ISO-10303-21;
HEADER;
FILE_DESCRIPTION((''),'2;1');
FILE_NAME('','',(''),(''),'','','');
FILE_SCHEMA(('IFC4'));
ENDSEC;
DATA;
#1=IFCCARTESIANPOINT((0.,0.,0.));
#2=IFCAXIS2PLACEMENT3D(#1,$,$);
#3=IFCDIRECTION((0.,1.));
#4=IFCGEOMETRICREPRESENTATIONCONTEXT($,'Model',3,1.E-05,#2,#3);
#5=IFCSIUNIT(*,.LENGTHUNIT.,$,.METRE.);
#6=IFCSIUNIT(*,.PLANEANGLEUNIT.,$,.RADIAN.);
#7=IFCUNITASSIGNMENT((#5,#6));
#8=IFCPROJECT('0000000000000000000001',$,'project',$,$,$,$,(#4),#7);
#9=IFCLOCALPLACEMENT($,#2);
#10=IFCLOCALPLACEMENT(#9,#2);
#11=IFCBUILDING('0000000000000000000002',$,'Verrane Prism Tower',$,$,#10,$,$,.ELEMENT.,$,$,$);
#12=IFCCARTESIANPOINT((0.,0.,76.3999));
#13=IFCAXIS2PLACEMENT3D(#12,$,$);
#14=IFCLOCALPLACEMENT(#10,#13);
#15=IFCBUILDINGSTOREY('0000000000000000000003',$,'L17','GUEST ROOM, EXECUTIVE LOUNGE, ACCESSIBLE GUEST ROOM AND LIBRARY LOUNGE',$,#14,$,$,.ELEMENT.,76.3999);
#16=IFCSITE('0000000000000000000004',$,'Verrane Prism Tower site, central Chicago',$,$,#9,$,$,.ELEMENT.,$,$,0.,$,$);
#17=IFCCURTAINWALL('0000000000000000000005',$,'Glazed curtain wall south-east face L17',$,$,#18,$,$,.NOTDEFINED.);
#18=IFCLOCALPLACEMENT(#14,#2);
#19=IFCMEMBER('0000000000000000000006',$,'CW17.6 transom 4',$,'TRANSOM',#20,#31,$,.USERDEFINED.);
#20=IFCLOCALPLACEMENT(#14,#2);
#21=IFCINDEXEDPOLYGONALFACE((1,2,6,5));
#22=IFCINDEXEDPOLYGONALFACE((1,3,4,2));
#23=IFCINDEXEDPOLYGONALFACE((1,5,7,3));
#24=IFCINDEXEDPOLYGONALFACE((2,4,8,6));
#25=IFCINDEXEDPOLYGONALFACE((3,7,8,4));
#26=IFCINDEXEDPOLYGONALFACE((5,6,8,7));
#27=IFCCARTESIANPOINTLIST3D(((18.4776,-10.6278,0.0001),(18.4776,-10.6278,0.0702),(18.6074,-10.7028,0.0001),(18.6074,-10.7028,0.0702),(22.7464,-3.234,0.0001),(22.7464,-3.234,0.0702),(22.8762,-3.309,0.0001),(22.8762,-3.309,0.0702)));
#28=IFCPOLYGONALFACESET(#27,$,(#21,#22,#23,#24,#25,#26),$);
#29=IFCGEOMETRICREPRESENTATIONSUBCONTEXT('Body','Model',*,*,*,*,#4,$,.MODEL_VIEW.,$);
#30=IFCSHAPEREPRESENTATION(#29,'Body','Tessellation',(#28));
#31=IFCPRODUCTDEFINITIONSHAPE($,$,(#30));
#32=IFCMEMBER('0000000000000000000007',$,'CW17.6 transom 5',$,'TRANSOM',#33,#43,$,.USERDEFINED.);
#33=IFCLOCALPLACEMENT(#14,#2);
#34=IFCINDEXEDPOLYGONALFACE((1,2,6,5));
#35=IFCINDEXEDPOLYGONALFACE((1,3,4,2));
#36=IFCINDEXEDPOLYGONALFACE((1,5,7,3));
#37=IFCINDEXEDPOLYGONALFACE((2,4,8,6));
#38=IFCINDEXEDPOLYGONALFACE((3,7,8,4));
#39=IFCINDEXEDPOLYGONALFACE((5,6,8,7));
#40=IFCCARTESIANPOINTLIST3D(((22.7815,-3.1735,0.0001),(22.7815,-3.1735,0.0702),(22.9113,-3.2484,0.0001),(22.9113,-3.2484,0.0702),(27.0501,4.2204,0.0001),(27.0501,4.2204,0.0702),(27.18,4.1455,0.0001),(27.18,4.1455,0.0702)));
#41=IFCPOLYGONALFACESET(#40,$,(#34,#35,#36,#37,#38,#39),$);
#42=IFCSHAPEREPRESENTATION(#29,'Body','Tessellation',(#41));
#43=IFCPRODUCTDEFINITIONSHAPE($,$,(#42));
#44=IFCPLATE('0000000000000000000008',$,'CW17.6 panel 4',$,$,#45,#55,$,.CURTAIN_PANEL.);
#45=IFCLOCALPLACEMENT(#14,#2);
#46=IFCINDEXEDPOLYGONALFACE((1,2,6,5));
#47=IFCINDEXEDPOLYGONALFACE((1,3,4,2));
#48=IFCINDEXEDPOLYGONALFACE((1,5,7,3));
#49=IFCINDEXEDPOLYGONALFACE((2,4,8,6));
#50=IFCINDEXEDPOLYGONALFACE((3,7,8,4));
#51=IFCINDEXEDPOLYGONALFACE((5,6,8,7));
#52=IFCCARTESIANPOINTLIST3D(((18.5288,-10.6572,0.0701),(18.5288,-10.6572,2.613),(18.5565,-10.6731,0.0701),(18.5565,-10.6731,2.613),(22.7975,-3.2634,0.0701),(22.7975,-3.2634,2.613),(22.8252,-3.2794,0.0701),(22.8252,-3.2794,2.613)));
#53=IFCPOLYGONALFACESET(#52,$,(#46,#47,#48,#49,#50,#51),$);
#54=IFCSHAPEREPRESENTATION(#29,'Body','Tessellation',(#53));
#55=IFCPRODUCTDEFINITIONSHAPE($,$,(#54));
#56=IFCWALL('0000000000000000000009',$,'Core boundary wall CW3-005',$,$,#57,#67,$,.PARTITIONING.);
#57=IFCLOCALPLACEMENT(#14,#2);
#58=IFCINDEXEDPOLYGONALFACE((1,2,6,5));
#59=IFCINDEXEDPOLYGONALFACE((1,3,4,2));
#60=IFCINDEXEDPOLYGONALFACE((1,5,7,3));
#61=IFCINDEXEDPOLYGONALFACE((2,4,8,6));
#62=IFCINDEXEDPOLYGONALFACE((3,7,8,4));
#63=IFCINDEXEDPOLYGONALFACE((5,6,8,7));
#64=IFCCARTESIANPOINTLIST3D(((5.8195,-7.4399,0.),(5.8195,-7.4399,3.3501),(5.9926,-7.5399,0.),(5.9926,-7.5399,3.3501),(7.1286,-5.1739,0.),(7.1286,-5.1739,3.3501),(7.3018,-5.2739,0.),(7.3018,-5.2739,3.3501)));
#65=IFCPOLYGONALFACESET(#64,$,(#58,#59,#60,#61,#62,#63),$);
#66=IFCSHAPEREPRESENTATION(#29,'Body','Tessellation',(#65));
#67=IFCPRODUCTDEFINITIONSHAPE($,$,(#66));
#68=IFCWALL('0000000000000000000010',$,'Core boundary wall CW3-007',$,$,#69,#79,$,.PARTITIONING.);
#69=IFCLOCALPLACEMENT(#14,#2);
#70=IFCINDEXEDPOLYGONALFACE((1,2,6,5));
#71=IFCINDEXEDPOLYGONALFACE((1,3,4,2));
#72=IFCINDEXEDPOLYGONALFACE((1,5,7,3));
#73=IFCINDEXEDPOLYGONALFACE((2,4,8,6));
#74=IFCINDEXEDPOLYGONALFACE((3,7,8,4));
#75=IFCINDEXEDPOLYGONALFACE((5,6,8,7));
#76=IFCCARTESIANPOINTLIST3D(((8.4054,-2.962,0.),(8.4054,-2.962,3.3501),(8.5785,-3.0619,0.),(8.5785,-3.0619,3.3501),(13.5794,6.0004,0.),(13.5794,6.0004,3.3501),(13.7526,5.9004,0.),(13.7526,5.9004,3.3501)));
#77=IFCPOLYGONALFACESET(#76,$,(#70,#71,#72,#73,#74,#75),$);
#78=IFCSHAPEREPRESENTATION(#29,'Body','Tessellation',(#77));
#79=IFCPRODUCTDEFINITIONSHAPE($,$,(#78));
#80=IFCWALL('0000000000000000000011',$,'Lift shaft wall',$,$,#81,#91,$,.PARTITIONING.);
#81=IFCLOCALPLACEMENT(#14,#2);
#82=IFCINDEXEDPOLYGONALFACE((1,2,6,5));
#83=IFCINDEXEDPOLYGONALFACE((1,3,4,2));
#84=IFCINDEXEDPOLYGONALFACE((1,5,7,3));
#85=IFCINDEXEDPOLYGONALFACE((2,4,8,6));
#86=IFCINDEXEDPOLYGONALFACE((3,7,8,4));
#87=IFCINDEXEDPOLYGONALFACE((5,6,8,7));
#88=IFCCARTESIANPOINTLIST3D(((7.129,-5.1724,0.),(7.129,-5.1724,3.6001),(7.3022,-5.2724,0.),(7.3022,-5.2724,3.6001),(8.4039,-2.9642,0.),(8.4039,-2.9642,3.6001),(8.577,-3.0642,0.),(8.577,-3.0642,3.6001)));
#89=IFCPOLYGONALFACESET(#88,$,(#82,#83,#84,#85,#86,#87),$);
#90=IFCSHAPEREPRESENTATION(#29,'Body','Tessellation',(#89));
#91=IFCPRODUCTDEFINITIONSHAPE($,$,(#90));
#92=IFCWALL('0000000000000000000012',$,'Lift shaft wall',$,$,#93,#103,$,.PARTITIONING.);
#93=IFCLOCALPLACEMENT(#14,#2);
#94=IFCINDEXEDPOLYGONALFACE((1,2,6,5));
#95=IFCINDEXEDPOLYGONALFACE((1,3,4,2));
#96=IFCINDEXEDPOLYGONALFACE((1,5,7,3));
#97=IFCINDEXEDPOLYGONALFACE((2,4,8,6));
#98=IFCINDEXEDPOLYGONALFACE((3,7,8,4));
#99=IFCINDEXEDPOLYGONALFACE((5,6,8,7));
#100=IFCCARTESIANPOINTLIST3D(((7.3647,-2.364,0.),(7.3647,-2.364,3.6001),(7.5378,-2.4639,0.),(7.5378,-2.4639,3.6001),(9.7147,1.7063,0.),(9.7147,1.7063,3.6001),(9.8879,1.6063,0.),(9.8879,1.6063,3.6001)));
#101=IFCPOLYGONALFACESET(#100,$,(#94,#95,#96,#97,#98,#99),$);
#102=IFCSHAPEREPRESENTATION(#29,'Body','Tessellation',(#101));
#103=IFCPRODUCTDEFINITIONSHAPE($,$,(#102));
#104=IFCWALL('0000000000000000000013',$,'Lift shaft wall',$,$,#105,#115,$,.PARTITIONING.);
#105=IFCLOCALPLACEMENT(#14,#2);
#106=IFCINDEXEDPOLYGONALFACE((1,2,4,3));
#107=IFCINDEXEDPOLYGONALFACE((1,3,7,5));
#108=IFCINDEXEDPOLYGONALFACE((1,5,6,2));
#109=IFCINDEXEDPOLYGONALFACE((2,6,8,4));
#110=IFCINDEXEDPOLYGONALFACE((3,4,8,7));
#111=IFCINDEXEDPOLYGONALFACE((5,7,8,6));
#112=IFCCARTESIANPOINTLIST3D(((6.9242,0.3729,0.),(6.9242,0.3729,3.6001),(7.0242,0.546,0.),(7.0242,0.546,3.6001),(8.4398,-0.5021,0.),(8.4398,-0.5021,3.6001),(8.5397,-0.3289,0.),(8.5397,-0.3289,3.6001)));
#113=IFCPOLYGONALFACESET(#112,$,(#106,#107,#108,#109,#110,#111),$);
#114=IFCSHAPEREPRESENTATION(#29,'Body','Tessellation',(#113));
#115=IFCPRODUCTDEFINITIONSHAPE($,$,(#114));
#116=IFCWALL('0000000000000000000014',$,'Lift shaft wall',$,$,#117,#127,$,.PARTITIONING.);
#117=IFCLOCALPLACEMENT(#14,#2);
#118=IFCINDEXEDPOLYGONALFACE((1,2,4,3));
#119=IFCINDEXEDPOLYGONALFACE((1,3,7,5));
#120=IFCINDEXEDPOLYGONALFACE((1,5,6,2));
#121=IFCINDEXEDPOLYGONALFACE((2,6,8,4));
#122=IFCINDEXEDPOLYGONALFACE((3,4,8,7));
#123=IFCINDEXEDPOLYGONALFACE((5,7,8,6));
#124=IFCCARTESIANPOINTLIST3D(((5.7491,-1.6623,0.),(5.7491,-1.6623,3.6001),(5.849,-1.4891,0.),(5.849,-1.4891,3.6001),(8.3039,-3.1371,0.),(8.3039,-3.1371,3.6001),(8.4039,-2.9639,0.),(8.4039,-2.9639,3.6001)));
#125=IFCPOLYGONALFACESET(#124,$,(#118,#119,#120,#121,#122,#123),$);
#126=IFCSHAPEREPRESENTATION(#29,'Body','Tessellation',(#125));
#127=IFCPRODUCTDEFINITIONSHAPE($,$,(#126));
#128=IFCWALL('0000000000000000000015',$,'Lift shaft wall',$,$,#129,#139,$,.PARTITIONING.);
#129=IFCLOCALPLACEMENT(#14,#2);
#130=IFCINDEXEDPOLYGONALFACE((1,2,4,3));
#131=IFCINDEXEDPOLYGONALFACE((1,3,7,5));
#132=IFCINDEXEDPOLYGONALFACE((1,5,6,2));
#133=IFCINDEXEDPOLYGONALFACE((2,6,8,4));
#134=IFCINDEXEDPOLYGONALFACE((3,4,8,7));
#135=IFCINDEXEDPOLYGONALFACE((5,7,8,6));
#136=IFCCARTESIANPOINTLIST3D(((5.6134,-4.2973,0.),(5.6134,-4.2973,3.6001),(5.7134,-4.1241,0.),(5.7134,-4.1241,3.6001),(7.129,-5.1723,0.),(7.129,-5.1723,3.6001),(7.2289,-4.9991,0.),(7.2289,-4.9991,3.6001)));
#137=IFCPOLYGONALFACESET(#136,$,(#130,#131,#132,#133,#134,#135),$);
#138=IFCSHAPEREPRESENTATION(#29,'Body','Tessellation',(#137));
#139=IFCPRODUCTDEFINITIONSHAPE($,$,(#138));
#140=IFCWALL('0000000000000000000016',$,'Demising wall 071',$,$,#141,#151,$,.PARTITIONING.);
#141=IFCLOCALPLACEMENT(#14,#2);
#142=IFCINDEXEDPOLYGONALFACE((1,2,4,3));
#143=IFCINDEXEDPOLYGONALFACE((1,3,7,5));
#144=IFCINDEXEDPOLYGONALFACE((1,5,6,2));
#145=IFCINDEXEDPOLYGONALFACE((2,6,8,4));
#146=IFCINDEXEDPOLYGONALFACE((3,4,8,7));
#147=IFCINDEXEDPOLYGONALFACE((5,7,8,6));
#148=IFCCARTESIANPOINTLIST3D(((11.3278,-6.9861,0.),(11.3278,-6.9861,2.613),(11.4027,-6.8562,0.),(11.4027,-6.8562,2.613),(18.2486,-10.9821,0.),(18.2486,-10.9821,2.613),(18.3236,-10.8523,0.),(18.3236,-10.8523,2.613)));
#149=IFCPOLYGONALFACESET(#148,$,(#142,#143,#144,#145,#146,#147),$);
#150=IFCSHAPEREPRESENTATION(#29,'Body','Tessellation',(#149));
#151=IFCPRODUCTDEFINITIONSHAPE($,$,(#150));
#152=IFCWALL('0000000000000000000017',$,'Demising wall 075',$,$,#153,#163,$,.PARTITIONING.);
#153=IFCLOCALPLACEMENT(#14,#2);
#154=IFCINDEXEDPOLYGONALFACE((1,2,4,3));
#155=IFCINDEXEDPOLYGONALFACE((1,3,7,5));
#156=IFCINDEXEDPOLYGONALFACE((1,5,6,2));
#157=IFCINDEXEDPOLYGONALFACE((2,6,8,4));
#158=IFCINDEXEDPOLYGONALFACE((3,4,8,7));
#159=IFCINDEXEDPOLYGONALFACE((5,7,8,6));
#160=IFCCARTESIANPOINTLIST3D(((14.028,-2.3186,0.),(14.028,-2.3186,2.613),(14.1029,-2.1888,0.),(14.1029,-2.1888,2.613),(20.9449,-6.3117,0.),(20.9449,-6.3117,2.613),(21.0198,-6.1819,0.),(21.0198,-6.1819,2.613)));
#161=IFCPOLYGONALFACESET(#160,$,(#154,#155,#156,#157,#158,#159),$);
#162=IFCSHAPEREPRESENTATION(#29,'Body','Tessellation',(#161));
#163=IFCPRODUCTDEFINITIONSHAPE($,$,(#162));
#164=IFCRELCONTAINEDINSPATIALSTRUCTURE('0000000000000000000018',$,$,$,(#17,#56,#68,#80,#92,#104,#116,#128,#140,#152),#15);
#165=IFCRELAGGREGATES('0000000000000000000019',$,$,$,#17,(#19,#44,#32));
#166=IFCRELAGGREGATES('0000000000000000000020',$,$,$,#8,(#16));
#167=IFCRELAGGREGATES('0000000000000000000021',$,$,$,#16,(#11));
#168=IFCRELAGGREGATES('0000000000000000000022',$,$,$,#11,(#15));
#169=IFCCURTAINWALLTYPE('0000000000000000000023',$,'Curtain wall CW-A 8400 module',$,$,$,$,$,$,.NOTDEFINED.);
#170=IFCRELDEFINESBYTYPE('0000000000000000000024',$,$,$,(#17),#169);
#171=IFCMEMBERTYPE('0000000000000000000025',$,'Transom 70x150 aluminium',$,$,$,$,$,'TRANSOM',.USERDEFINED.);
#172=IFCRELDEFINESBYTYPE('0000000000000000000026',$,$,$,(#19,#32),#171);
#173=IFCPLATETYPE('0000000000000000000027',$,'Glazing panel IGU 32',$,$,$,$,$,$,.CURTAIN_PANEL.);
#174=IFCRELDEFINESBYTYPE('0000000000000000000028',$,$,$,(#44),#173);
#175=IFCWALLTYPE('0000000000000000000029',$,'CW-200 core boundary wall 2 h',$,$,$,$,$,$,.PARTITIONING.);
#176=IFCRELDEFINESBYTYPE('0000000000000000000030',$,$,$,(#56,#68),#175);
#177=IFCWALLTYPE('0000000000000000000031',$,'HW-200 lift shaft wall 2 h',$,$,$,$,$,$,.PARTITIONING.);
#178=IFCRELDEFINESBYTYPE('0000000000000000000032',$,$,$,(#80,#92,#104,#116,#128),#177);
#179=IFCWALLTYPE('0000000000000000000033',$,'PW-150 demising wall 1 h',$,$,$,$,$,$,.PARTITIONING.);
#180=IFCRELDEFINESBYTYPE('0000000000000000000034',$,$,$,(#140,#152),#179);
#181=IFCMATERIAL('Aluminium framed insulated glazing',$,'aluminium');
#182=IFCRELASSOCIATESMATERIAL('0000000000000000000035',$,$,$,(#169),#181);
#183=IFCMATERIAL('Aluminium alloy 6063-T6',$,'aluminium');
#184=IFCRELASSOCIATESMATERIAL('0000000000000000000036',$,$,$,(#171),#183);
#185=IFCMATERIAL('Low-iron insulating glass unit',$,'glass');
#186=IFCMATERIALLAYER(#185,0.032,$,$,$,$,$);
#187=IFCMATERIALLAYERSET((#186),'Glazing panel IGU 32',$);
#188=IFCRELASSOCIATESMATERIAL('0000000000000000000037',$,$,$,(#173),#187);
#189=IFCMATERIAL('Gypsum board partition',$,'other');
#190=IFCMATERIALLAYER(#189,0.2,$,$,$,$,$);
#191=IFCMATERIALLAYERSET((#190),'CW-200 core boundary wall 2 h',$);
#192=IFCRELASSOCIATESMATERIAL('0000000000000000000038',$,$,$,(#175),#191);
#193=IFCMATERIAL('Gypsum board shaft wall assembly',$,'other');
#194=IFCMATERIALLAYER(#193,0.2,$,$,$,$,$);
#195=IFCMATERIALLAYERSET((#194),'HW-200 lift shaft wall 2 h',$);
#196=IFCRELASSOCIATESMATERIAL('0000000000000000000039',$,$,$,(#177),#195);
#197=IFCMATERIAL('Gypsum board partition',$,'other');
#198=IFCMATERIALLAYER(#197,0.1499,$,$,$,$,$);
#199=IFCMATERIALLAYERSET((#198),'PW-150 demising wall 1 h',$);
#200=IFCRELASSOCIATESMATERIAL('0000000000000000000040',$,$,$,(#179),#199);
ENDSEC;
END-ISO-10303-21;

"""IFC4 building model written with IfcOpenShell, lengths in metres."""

from ifc_helpers import new_model, si_unit, direction, frame, frame_2d, origin, origin_2d, place, context, subcontext, project, spatial, rectangle, extrude, material, layer, layer_set, material_profile, profile_set, type_object, element, aggregate, save


model = new_model("IFC4")

# Units and contexts
model_context = context("Model", 3, precision=1e-05, world=origin(), true_north=direction((0.0, 1.0)))
body_context = subcontext(model_context, "Body", "Model", "MODEL_VIEW")
ifc_project = project(units=[si_unit("LENGTHUNIT", "METRE"), si_unit("PLANEANGLEUNIT", "RADIAN")], contexts=[model_context])

# Site, building, storey
site_placement = place(None, origin())
site = spatial("IfcSite", under=ifc_project, at=site_placement, Name="Verrane Prism Tower site, central Chicago", CompositionType="ELEMENT", RefElevation=0.0)
building_placement = place(site_placement, origin())
building = spatial("IfcBuilding", under=site, at=building_placement, Name="Verrane Prism Tower", CompositionType="ELEMENT")
storey_placement = place(building_placement, frame((0.0, 0.0, 76.3999)))
storey = spatial("IfcBuildingStorey", under=building, at=storey_placement, Name="L17", Description="GUEST ROOM, EXECUTIVE LOUNGE, ACCESSIBLE GUEST ROOM AND LIBRARY LOUNGE", CompositionType="ELEMENT", Elevation=76.3999)

# Curtain wall
ifc_material_1 = material(Name="Aluminium framed insulated glazing", Category="aluminium")
curtain_wall_type = type_object("IfcCurtainWallType", Name="Curtain wall CW-A 8400 module", PredefinedType="NOTDEFINED", material=ifc_material_1)
curtain_wall_placement = place(storey_placement, origin())
curtain_wall = element("IfcCurtainWall", 1, at=curtain_wall_placement, inside=storey, type_object=curtain_wall_type, Name="Glazed curtain wall south-east face L17", PredefinedType="NOTDEFINED")

# Members
ifc_material_2 = material(Name="Aluminium alloy 6063-T6", Category="aluminium")
ifc_material_profile_1 = material_profile(ifc_material_2, rectangle(XDim=0.1499, YDim=0.0701, at=origin_2d()), Name="Transom 70x150 aluminium")
ifc_profile_set_1 = profile_set([ifc_material_profile_1], Name="Aluminium alloy 6063-T6")
member_type_1 = type_object("IfcMemberType", Name="Transom 70x150 aluminium", ElementType="TRANSOM", PredefinedType="USERDEFINED", material=ifc_profile_set_1)
member_1_placement = place(storey_placement, frame((18.5425, -10.6653, 0.0352), z_axis=(0.499999, 0.866026, 0.0), x_axis=(-0.866026, 0.499999, 0.0)))
member_1 = element("IfcMember", 2, at=member_1_placement, type_object=member_type_1, Name="CW17.6 transom 4", ObjectType="TRANSOM", PredefinedType="USERDEFINED", context=body_context, shape_type="SweptSolid", body=[
    extrude(rectangle(XDim=0.1499, YDim=0.0701, at=origin_2d()), origin(), (0.0, 0.0, 1.0), 8.5376),
])
member_2_placement = place(storey_placement, frame((22.8464, -3.2109, 0.0352), z_axis=(0.499977, 0.866038, 0.0), x_axis=(-0.866038, 0.499977, 0.0)))
member_2 = element("IfcMember", 3, at=member_2_placement, type_object=member_type_1, Name="CW17.6 transom 5", ObjectType="TRANSOM", PredefinedType="USERDEFINED", context=body_context, shape_type="SweptSolid", body=[
    extrude(rectangle(XDim=0.1499, YDim=0.0701, at=origin_2d()), origin(), (0.0, 0.0, 1.0), 8.5376),
])

# Plate
ifc_material_3 = material(Name="Low-iron insulating glass unit", Category="glass")
ifc_layer_1 = layer(ifc_material_3, 0.032)
ifc_layer_set_1 = layer_set([ifc_layer_1], Name="Glazing panel IGU 32")
plate_type = type_object("IfcPlateType", Name="Glazing panel IGU 32", PredefinedType="CURTAIN_PANEL", material=ifc_layer_set_1)
plate_placement = place(storey_placement, frame((20.677, -6.9683, 0.0701), z_axis=(0.0, 0.0, 1.0), x_axis=(0.499999, 0.866026, 0.0)))
plate = element("IfcPlate", 4, at=plate_placement, type_object=plate_type, Name="CW17.6 panel 4", PredefinedType="CURTAIN_PANEL", context=body_context, shape_type="SweptSolid", body=[
    extrude(rectangle(XDim=8.5376, YDim=0.032, at=origin_2d()), origin(), (0.0, 0.0, 1.0), 2.543),
])
aggregate(curtain_wall, [member_1, plate, member_2])

# Walls
ifc_material_4 = material(Name="Gypsum board partition", Category="other")
ifc_layer_2 = layer(ifc_material_4, 0.2)
ifc_layer_set_2 = layer_set([ifc_layer_2], Name="CW-200 core boundary wall 2 h")
wall_type_1 = type_object("IfcWallType", Name="CW-200 core boundary wall 2 h", PredefinedType="PARTITIONING", material=ifc_layer_set_2)
wall_1_placement = place(storey_placement, frame((5.906, -7.49, 0.0), z_axis=(0.0, 0.0, 1.0), x_axis=(0.500253, 0.865879, 0.0)))
element("IfcWall", 5, at=wall_1_placement, inside=storey, type_object=wall_type_1, Name="Core boundary wall CW3-005", PredefinedType="PARTITIONING", context=body_context, shape_type="SweptSolid", body=[
    extrude(rectangle(XDim=2.6169, YDim=0.2, at=frame_2d((1.3086, 0.0))), origin(), (0.0, 0.0, 1.0), 3.3501),
])
wall_2_placement = place(storey_placement, frame((8.4919, -3.012, 0.0), z_axis=(0.0, 0.0, 1.0), x_axis=(0.499973, 0.866041, 0.0)))
element("IfcWall", 6, at=wall_2_placement, inside=storey, type_object=wall_type_1, Name="Core boundary wall CW3-007", PredefinedType="PARTITIONING", context=body_context, shape_type="SweptSolid", body=[
    extrude(rectangle(XDim=10.3486, YDim=0.2, at=frame_2d((5.1743, 0.0))), origin(), (0.0, 0.0, 1.0), 3.3501),
])
ifc_material_5 = material(Name="Gypsum board shaft wall assembly", Category="other")
ifc_layer_3 = layer(ifc_material_5, 0.2)
ifc_layer_set_3 = layer_set([ifc_layer_3], Name="HW-200 lift shaft wall 2 h")
wall_type_2 = type_object("IfcWallType", Name="HW-200 lift shaft wall 2 h", PredefinedType="PARTITIONING", material=ifc_layer_set_3)
wall_3_placement = place(storey_placement, frame((7.2156, -5.2224, 0.0), z_axis=(0.0, 0.0, 1.0), x_axis=(0.49999, 0.866031, 0.0)))
element("IfcWall", 7, at=wall_3_placement, inside=storey, type_object=wall_type_2, Name="Lift shaft wall", PredefinedType="PARTITIONING", context=body_context, shape_type="SweptSolid", body=[
    extrude(rectangle(XDim=2.5498, YDim=0.2, at=frame_2d((1.2749, 0.0))), origin(), (0.0, 0.0, 1.0), 3.6001),
])
wall_4_placement = place(storey_placement, frame((7.4512, -2.4141, 0.0), z_axis=(0.0, 0.0, 1.0), x_axis=(0.500016, 0.866016, 0.0)))
element("IfcWall", 8, at=wall_4_placement, inside=storey, type_object=wall_type_2, Name="Lift shaft wall", PredefinedType="PARTITIONING", context=body_context, shape_type="SweptSolid", body=[
    extrude(rectangle(XDim=4.7, YDim=0.2, at=frame_2d((2.3501, 0.0))), origin(), (0.0, 0.0, 1.0), 3.6001),
])
wall_5_placement = place(storey_placement, frame((8.4897, -0.4155, 0.0), z_axis=(0.0, 0.0, 1.0), x_axis=(-0.866037, 0.49998, 0.0)))
element("IfcWall", 9, at=wall_5_placement, inside=storey, type_object=wall_type_2, Name="Lift shaft wall", PredefinedType="PARTITIONING", context=body_context, shape_type="SweptSolid", body=[
    extrude(rectangle(XDim=1.75, YDim=0.2, at=frame_2d((0.875, 0.0))), origin(), (0.0, 0.0, 1.0), 3.6001),
])
wall_6_placement = place(storey_placement, frame((8.354, -3.0505, 0.0), z_axis=(0.0, 0.0, 1.0), x_axis=(-0.86606, 0.49994, 0.0)))
element("IfcWall", 10, at=wall_6_placement, inside=storey, type_object=wall_type_2, Name="Lift shaft wall", PredefinedType="PARTITIONING", context=body_context, shape_type="SweptSolid", body=[
    extrude(rectangle(XDim=2.95, YDim=0.2, at=frame_2d((1.4751, 0.0))), origin(), (0.0, 0.0, 1.0), 3.6001),
])
wall_7_placement = place(storey_placement, frame((7.179, -5.0857, 0.0), z_axis=(0.0, 0.0, 1.0), x_axis=(-0.866037, 0.49998, 0.0)))
element("IfcWall", 11, at=wall_7_placement, inside=storey, type_object=wall_type_2, Name="Lift shaft wall", PredefinedType="PARTITIONING", context=body_context, shape_type="SweptSolid", body=[
    extrude(rectangle(XDim=1.75, YDim=0.2, at=frame_2d((0.875, 0.0))), origin(), (0.0, 0.0, 1.0), 3.6001),
])
ifc_material_6 = material(Name="Gypsum board partition", Category="other")
ifc_layer_4 = layer(ifc_material_6, 0.1499)
ifc_layer_set_4 = layer_set([ifc_layer_4], Name="PW-150 demising wall 1 h")
wall_type_3 = type_object("IfcWallType", Name="PW-150 demising wall 1 h", PredefinedType="PARTITIONING", material=ifc_layer_set_4)
wall_8_placement = place(storey_placement, frame((11.3652, -6.9211, 0.0), z_axis=(0.0, 0.0, 1.0), x_axis=(0.866009, -0.500029, 0.0)))
element("IfcWall", 12, at=wall_8_placement, inside=storey, type_object=wall_type_3, Name="Demising wall 071", PredefinedType="PARTITIONING", context=body_context, shape_type="SweptSolid", body=[
    extrude(rectangle(XDim=7.9917, YDim=0.1499, at=frame_2d((3.9958, 0.0))), origin(), (0.0, 0.0, 1.0), 2.613),
])
wall_9_placement = place(storey_placement, frame((14.0654, -2.2537, 0.0), z_axis=(0.0, 0.0, 1.0), x_axis=(0.866045, -0.499966, 0.0)))
element("IfcWall", 13, at=wall_9_placement, inside=storey, type_object=wall_type_3, Name="Demising wall 075", PredefinedType="PARTITIONING", context=body_context, shape_type="SweptSolid", body=[
    extrude(rectangle(XDim=7.9868, YDim=0.1499, at=frame_2d((3.9934, 0.0))), origin(), (0.0, 0.0, 1.0), 2.613),
])

save(model, "model.ifc")
